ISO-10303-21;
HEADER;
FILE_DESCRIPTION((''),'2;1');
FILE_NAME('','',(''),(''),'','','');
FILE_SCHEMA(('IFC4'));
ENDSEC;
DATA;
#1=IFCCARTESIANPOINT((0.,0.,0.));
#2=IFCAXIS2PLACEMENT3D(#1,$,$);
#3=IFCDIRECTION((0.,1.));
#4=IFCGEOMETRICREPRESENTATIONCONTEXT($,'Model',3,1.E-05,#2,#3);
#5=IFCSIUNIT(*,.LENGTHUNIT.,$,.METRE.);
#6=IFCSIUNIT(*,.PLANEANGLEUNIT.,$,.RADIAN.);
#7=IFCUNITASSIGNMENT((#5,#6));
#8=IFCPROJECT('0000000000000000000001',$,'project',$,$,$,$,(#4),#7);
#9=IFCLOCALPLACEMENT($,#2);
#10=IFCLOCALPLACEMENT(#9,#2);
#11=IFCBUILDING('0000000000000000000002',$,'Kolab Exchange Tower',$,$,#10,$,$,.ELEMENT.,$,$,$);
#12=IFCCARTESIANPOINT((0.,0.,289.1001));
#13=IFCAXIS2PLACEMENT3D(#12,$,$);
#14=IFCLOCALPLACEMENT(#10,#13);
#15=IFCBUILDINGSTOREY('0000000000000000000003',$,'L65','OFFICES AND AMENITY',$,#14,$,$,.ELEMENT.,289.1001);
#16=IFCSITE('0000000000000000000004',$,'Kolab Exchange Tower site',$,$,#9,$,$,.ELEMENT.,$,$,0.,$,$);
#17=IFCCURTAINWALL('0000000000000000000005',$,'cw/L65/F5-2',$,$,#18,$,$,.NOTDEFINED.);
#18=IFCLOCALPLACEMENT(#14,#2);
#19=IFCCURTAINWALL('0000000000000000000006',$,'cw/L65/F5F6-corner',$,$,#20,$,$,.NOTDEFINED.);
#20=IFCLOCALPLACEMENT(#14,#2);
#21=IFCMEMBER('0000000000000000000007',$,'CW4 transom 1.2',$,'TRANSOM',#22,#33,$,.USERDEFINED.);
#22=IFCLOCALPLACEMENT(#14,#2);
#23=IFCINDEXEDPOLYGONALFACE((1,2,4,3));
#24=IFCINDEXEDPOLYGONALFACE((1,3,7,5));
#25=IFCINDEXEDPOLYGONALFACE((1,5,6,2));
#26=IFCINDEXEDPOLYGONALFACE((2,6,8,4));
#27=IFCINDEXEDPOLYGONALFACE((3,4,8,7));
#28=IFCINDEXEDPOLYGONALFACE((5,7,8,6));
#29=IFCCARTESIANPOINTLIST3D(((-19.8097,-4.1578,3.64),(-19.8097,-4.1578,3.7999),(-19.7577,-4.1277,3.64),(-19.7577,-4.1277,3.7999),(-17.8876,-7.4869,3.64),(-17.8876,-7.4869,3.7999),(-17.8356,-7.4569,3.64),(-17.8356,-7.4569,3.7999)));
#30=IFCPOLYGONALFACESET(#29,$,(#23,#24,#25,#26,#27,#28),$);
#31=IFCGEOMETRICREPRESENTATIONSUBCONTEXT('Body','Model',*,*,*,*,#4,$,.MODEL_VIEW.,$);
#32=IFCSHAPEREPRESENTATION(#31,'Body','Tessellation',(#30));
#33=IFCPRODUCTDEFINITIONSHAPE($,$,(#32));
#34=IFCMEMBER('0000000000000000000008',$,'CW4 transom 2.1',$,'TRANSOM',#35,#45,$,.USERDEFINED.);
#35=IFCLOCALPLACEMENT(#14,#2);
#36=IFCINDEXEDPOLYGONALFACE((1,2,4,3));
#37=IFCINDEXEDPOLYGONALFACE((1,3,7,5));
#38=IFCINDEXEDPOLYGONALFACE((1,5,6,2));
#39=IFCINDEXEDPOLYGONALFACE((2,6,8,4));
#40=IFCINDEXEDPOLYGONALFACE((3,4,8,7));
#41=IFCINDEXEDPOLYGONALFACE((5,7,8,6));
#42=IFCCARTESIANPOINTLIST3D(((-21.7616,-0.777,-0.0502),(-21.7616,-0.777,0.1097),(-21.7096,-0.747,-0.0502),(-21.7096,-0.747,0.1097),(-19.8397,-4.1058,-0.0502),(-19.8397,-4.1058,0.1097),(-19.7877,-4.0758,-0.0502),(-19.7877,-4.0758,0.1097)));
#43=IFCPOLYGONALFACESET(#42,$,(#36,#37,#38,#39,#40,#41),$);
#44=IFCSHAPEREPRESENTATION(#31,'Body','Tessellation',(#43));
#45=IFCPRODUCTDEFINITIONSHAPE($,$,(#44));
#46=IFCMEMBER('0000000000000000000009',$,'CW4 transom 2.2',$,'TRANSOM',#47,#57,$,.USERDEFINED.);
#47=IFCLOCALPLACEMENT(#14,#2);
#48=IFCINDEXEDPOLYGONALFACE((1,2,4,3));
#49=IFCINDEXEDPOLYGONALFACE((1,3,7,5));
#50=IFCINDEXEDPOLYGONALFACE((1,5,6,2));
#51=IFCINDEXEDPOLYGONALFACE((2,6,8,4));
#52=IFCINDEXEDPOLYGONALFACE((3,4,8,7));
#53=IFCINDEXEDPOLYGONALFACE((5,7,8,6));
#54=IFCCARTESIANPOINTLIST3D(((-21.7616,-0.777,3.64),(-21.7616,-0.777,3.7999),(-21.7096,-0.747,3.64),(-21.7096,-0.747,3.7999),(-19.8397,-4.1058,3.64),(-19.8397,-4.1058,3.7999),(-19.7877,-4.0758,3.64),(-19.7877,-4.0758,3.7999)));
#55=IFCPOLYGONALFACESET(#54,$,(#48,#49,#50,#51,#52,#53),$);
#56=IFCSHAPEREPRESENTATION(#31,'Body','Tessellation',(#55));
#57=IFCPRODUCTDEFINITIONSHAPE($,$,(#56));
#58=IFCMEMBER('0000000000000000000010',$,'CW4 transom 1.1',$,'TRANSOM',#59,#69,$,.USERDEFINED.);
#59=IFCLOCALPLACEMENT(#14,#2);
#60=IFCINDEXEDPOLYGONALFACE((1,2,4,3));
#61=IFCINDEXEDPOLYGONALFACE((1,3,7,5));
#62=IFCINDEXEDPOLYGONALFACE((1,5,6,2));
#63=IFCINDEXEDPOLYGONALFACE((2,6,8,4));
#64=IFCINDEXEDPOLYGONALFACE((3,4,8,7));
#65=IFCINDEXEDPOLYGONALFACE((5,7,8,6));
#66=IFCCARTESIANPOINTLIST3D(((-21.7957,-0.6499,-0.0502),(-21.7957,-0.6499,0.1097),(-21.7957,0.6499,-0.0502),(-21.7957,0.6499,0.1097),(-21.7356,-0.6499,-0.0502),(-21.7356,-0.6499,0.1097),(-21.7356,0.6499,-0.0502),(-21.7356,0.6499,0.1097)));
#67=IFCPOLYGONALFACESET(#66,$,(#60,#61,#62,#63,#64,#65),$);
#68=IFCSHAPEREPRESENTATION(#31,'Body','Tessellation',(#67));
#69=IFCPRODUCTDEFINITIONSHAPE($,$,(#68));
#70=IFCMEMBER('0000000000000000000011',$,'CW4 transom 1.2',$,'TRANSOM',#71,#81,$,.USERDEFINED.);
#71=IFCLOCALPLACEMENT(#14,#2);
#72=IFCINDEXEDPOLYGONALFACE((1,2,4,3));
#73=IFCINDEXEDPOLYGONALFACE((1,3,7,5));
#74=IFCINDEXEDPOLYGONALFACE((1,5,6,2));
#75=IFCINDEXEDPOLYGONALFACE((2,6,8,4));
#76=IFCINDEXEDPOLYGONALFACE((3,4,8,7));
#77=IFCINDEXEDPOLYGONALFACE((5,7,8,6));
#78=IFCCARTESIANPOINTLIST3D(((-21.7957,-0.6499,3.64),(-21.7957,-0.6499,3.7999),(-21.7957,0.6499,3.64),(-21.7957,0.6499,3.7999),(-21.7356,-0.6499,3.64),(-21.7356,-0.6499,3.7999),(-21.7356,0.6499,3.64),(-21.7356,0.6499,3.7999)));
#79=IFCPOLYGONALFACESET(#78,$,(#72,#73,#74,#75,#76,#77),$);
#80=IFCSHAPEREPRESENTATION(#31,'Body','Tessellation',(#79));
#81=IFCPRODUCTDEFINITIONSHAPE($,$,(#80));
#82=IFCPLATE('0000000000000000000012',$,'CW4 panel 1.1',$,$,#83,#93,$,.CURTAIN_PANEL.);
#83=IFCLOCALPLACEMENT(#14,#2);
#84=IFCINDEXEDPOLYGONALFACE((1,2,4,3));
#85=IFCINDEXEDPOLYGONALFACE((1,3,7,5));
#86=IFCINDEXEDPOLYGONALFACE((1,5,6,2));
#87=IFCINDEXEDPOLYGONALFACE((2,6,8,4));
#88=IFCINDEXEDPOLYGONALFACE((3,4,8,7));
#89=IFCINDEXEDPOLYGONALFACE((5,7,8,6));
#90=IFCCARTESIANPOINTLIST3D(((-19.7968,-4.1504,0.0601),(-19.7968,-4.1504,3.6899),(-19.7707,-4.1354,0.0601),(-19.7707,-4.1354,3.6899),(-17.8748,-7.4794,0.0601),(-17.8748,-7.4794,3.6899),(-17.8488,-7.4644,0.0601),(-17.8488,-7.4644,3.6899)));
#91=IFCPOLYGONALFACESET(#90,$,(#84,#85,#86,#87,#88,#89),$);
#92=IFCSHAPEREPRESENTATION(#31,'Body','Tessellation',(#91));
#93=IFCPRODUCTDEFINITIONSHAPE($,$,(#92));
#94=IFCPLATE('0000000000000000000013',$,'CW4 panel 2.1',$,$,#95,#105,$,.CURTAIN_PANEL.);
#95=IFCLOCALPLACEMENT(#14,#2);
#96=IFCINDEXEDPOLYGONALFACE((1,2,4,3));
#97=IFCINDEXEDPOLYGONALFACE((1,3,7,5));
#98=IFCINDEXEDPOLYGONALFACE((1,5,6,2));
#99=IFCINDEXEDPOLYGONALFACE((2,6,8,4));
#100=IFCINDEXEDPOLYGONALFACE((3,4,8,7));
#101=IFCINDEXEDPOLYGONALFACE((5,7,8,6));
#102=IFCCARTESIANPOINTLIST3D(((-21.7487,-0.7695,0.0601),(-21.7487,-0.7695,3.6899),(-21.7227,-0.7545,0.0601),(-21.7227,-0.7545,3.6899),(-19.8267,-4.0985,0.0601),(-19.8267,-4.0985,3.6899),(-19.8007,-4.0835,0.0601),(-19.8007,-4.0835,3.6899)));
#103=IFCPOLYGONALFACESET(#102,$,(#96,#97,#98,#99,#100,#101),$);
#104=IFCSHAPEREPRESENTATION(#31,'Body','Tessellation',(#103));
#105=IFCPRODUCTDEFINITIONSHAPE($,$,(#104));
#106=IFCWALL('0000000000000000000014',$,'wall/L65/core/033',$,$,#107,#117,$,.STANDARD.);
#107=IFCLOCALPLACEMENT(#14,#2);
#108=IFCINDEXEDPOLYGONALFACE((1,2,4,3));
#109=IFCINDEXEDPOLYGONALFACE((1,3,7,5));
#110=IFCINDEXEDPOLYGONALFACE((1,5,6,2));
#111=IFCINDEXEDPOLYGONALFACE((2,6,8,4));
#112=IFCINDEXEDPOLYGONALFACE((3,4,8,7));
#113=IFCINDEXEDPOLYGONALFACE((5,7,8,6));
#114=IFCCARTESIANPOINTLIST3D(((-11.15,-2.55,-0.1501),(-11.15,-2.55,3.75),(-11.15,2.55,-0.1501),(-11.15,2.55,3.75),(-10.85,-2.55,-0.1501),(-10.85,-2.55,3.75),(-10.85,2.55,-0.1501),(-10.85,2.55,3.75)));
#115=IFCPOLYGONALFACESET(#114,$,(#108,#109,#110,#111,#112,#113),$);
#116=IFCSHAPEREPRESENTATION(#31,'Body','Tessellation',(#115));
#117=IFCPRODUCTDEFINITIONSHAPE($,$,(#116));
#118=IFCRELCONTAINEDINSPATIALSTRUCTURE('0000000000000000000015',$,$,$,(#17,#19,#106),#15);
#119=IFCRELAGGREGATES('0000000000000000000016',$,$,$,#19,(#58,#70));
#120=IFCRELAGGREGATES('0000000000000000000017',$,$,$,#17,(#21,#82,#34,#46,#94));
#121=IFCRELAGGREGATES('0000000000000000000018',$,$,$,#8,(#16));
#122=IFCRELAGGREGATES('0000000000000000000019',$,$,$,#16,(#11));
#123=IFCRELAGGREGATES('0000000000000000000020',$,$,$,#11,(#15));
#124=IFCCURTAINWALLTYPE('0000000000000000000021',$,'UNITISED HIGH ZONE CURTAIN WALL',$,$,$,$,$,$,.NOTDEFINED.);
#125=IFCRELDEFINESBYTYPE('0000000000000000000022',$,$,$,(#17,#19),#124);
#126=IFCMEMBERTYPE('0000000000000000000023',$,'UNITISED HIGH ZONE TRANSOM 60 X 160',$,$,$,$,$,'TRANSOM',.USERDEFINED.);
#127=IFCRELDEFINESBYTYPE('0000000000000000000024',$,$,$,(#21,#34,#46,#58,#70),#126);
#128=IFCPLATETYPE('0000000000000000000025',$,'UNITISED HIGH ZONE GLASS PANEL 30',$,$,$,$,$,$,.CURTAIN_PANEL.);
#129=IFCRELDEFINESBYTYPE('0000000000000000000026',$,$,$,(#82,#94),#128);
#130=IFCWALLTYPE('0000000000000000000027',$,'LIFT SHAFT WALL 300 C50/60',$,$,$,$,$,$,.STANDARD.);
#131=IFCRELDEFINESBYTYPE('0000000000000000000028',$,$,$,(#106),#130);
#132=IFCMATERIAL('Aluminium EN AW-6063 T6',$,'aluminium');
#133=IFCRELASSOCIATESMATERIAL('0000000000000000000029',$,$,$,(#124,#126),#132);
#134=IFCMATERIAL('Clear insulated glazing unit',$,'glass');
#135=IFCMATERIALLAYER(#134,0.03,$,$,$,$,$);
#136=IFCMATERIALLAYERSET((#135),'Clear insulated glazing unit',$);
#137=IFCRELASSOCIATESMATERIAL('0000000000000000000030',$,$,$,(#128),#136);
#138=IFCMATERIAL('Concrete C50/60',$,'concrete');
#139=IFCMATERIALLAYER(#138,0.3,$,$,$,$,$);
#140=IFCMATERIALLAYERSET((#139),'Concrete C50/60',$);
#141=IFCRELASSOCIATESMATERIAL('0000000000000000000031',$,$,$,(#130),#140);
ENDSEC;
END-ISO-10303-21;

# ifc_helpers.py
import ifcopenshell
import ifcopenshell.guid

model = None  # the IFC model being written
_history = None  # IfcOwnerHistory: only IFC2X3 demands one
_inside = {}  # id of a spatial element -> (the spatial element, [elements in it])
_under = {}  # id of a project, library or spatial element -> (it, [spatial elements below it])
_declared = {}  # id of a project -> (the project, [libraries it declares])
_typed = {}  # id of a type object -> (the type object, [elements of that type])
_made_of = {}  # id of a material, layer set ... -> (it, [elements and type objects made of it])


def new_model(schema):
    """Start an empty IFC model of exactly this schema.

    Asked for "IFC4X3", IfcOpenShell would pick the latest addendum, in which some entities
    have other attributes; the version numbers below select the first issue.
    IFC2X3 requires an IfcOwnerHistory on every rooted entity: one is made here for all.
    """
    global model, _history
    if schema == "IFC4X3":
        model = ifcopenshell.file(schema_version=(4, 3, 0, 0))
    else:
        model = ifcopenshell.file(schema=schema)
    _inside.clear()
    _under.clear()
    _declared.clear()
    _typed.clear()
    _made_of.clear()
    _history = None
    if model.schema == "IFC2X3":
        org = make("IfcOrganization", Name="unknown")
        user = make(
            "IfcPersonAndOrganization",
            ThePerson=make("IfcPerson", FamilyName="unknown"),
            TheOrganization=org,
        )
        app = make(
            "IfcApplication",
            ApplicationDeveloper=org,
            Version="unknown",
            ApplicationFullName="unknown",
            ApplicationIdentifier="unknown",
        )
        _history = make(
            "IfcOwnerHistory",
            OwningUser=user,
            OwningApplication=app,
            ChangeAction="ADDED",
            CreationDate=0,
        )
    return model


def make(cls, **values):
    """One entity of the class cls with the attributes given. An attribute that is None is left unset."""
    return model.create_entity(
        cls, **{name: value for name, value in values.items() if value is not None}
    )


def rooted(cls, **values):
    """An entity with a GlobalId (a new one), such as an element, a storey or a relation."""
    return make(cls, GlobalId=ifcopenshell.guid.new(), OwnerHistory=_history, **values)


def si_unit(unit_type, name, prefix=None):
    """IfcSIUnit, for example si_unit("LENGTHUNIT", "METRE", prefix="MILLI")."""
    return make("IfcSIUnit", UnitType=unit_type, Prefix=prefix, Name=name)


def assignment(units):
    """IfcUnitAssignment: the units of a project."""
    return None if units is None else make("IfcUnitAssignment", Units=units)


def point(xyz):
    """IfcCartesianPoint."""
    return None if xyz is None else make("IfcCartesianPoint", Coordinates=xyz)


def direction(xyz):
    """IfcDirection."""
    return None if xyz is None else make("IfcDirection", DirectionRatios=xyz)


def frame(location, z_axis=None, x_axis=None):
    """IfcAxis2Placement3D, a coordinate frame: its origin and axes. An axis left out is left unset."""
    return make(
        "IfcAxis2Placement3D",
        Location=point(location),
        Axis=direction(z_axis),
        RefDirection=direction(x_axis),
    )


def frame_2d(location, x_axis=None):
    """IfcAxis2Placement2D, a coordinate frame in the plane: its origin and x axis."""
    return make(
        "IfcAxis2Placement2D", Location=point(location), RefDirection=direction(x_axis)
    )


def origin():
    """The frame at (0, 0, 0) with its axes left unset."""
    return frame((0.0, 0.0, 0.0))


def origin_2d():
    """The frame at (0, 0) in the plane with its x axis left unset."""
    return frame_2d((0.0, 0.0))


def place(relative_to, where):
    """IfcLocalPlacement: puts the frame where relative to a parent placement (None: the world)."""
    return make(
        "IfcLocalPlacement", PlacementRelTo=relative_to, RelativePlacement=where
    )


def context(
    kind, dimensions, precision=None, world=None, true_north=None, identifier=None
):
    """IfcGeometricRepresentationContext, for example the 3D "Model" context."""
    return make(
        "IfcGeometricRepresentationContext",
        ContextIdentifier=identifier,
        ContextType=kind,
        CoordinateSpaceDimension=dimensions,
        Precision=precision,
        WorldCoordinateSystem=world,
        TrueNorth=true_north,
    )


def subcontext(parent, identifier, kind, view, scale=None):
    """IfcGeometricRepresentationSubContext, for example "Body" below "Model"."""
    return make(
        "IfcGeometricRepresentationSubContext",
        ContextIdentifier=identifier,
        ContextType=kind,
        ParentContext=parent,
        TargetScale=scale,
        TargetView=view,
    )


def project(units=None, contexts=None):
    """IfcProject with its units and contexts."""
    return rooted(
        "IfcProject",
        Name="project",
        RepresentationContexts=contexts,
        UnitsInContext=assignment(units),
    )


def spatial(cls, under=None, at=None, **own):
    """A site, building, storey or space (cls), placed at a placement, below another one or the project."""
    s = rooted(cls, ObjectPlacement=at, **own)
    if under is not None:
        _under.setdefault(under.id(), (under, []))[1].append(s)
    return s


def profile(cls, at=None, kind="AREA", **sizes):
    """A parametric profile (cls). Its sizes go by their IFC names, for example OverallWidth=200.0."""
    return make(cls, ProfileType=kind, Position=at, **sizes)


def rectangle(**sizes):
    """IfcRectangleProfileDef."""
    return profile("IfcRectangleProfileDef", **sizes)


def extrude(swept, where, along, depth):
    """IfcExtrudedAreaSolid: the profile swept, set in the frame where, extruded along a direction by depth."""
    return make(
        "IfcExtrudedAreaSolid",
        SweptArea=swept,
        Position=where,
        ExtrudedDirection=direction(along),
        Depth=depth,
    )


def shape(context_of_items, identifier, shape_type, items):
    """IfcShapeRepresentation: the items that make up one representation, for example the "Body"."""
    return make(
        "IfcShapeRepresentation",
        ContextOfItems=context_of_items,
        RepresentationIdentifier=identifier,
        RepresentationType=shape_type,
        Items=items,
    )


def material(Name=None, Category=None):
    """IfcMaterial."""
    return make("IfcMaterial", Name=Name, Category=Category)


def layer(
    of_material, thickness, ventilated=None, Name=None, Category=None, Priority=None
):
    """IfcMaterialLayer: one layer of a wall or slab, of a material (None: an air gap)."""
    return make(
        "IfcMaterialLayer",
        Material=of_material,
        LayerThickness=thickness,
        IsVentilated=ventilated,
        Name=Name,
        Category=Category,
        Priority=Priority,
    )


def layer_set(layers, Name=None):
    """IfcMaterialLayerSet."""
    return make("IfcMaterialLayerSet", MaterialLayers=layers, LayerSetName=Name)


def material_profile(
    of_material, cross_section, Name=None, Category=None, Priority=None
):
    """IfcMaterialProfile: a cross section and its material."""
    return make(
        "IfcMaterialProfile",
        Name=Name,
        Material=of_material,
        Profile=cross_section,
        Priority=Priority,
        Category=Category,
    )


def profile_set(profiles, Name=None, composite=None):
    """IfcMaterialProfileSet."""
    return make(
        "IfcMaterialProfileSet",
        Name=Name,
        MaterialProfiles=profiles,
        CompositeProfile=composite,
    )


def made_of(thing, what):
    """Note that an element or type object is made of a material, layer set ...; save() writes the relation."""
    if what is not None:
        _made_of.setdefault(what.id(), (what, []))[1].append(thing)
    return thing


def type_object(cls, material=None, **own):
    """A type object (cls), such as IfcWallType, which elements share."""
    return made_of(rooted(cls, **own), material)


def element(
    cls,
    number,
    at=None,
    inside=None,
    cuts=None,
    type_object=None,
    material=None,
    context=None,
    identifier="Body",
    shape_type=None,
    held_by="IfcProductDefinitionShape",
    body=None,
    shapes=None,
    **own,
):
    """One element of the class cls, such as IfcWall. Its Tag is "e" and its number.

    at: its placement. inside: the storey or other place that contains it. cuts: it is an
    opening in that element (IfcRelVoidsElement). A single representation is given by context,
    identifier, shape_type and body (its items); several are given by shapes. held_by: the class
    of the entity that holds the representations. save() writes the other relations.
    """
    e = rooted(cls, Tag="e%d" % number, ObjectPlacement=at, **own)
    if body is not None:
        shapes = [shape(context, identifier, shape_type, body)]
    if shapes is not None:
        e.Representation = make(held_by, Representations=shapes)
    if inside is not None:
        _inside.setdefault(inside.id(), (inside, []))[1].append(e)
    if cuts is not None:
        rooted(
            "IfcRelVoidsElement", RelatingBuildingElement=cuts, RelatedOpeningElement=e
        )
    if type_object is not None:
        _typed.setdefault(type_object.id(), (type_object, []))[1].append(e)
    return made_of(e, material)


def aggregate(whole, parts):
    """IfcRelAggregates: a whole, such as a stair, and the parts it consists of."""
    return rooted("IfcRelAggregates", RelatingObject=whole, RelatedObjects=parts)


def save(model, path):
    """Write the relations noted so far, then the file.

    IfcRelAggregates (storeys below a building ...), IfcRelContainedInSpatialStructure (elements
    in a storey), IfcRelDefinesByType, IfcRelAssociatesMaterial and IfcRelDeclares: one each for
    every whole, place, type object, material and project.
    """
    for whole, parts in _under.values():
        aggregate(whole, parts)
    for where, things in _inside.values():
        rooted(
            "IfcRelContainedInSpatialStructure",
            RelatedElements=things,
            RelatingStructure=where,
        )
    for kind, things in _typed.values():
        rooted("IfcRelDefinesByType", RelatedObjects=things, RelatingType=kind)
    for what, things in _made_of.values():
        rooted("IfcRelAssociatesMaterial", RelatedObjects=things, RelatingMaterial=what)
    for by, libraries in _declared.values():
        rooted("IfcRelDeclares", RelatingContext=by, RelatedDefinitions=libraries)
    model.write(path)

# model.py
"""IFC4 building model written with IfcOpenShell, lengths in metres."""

from ifc_helpers import new_model, si_unit, direction, frame, frame_2d, origin, origin_2d, place, context, subcontext, project, spatial, rectangle, extrude, material, layer, layer_set, material_profile, profile_set, type_object, element, aggregate, save


model = new_model("IFC4")

# Units and contexts
model_context = context("Model", 3, precision=1e-05, world=origin(), true_north=direction((0.0, 1.0)))
body_context = subcontext(model_context, "Body", "Model", "MODEL_VIEW")
ifc_project = project(units=[si_unit("LENGTHUNIT", "METRE"), si_unit("PLANEANGLEUNIT", "RADIAN")], contexts=[model_context])

# Site, building, storey
site_placement = place(None, origin())
site = spatial("IfcSite", under=ifc_project, at=site_placement, Name="Kolab Exchange Tower site", CompositionType="ELEMENT", RefElevation=0.0)
building_placement = place(site_placement, origin())
building = spatial("IfcBuilding", under=site, at=building_placement, Name="Kolab Exchange Tower", CompositionType="ELEMENT")
storey_placement = place(building_placement, frame((0.0, 0.0, 289.1001)))
storey = spatial("IfcBuildingStorey", under=building, at=storey_placement, Name="L65", Description="OFFICES AND AMENITY", CompositionType="ELEMENT", Elevation=289.1001)

# Shared definitions
ifc_material_1 = material(Name="Concrete C50/60", Category="concrete")

# Shared definitions
ifc_material_2 = material(Name="Aluminium EN AW-6063 T6", Category="aluminium")
curtain_wall_type = type_object("IfcCurtainWallType", Name="UNITISED HIGH ZONE CURTAIN WALL", PredefinedType="NOTDEFINED", material=ifc_material_2)

# Curtain wall
curtain_wall_1_placement = place(storey_placement, origin())
curtain_wall_1 = element("IfcCurtainWall", 1, at=curtain_wall_1_placement, inside=storey, type_object=curtain_wall_type, Name="cw/L65/F5-2", PredefinedType="NOTDEFINED")

# Curtain wall
curtain_wall_2_placement = place(storey_placement, origin())
curtain_wall_2 = element("IfcCurtainWall", 2, at=curtain_wall_2_placement, inside=storey, type_object=curtain_wall_type, Name="cw/L65/F5F6-corner", PredefinedType="NOTDEFINED")

# Members
ifc_material_profile_1 = material_profile(ifc_material_2, rectangle(XDim=0.0601, YDim=0.1599, at=origin_2d()), Name="RECT 60X160")
ifc_profile_set_1 = profile_set([ifc_material_profile_1], Name="Aluminium EN AW-6063 T6")
member_type_1 = type_object("IfcMemberType", Name="UNITISED HIGH ZONE TRANSOM 60 X 160", ElementType="TRANSOM", PredefinedType="USERDEFINED", material=ifc_profile_set_1)
member_1_placement = place(storey_placement, frame((-17.8616, -7.4719, 3.72), z_axis=(-0.500012, 0.866018, 0.0), x_axis=(-0.866018, -0.500012, 0.0)))
member_1 = element("IfcMember", 3, at=member_1_placement, type_object=member_type_1, Name="CW4 transom 1.2", ObjectType="TRANSOM", PredefinedType="USERDEFINED", context=body_context, shape_type="SweptSolid", body=[
    extrude(rectangle(XDim=0.0601, YDim=0.1599, at=origin_2d()), origin(), (0.0, 0.0, 1.0), 3.8442),
])
member_2_placement = place(storey_placement, frame((-19.8137, -4.0908, 0.0298), z_axis=(-0.499992, 0.86603, 0.0), x_axis=(-0.86603, -0.499992, 0.0)))
member_2 = element("IfcMember", 4, at=member_2_placement, type_object=member_type_1, Name="CW4 transom 2.1", ObjectType="TRANSOM", PredefinedType="USERDEFINED", context=body_context, shape_type="SweptSolid", body=[
    extrude(rectangle(XDim=0.0601, YDim=0.1599, at=origin_2d()), origin(), (0.0, 0.0, 1.0), 3.8438),
])
member_3_placement = place(storey_placement, frame((-19.8137, -4.0908, 3.72), z_axis=(-0.499992, 0.86603, 0.0), x_axis=(-0.86603, -0.499992, 0.0)))
member_3 = element("IfcMember", 5, at=member_3_placement, type_object=member_type_1, Name="CW4 transom 2.2", ObjectType="TRANSOM", PredefinedType="USERDEFINED", context=body_context, shape_type="SweptSolid", body=[
    extrude(rectangle(XDim=0.0601, YDim=0.1599, at=origin_2d()), origin(), (0.0, 0.0, 1.0), 3.8438),
])
member_4_placement = place(storey_placement, frame((-21.7656, -0.6499, 0.0298), z_axis=(0.0, 1.0, 0.0), x_axis=(-1.0, 0.0, 0.0)))
member_4 = element("IfcMember", 6, at=member_4_placement, type_object=member_type_1, Name="CW4 transom 1.1", ObjectType="TRANSOM", PredefinedType="USERDEFINED", context=body_context, shape_type="SweptSolid", body=[
    extrude(rectangle(XDim=0.0601, YDim=0.1599, at=origin_2d()), origin(), (0.0, 0.0, 1.0), 1.2998),
])
member_5_placement = place(storey_placement, frame((-21.7656, -0.6499, 3.72), z_axis=(0.0, 1.0, 0.0), x_axis=(-1.0, 0.0, 0.0)))
member_5 = element("IfcMember", 7, at=member_5_placement, type_object=member_type_1, Name="CW4 transom 1.2", ObjectType="TRANSOM", PredefinedType="USERDEFINED", context=body_context, shape_type="SweptSolid", body=[
    extrude(rectangle(XDim=0.0601, YDim=0.1599, at=origin_2d()), origin(), (0.0, 0.0, 1.0), 1.2998),
])
aggregate(curtain_wall_2, [member_4, member_5])

# Plates
ifc_material_3 = material(Name="Clear insulated glazing unit", Category="glass")
ifc_layer_1 = layer(ifc_material_3, 0.03)
ifc_layer_set_1 = layer_set([ifc_layer_1], Name="Clear insulated glazing unit")
plate_type = type_object("IfcPlateType", Name="UNITISED HIGH ZONE GLASS PANEL 30", PredefinedType="CURTAIN_PANEL", material=ifc_layer_set_1)
plate_1_placement = place(storey_placement, frame((-18.8228, -5.8074, 0.0601), z_axis=(0.0, 0.0, 1.0), x_axis=(-0.5, 0.866025, 0.0)))
plate_1 = element("IfcPlate", 8, at=plate_1_placement, type_object=plate_type, Name="CW4 panel 1.1", PredefinedType="CURTAIN_PANEL", context=body_context, shape_type="SweptSolid", body=[
    extrude(rectangle(XDim=3.844, YDim=0.03, at=origin_2d()), origin(), (0.0, 0.0, 1.0), 3.6299),
])
plate_2_placement = place(storey_placement, frame((-20.7747, -2.4265, 0.0601), z_axis=(0.0, 0.0, 1.0), x_axis=(-0.5, 0.866025, 0.0)))
plate_2 = element("IfcPlate", 9, at=plate_2_placement, type_object=plate_type, Name="CW4 panel 2.1", PredefinedType="CURTAIN_PANEL", context=body_context, shape_type="SweptSolid", body=[
    extrude(rectangle(XDim=3.844, YDim=0.03, at=origin_2d()), origin(), (0.0, 0.0, 1.0), 3.6299),
])
aggregate(curtain_wall_1, [member_1, plate_1, member_2, member_3, plate_2])

# Wall
ifc_layer_2 = layer(ifc_material_1, 0.3)
ifc_layer_set_2 = layer_set([ifc_layer_2], Name="Concrete C50/60")
wall_type_1 = type_object("IfcWallType", Name="LIFT SHAFT WALL 300 C50/60", PredefinedType="STANDARD", material=ifc_layer_set_2)
wall_1_placement = place(storey_placement, frame((-11.0, -2.55, -0.1501), z_axis=(0.0, 0.0, 1.0), x_axis=(0.0, 1.0, 0.0)))
element("IfcWall", 10, at=wall_1_placement, inside=storey, type_object=wall_type_1, Name="wall/L65/core/033", PredefinedType="STANDARD", context=body_context, shape_type="SweptSolid", body=[
    extrude(rectangle(XDim=5.1001, YDim=0.3, at=frame_2d((2.55, 0.0))), origin(), (0.0, 0.0, 1.0), 3.9001),
])

save(model, "model.ifc")
